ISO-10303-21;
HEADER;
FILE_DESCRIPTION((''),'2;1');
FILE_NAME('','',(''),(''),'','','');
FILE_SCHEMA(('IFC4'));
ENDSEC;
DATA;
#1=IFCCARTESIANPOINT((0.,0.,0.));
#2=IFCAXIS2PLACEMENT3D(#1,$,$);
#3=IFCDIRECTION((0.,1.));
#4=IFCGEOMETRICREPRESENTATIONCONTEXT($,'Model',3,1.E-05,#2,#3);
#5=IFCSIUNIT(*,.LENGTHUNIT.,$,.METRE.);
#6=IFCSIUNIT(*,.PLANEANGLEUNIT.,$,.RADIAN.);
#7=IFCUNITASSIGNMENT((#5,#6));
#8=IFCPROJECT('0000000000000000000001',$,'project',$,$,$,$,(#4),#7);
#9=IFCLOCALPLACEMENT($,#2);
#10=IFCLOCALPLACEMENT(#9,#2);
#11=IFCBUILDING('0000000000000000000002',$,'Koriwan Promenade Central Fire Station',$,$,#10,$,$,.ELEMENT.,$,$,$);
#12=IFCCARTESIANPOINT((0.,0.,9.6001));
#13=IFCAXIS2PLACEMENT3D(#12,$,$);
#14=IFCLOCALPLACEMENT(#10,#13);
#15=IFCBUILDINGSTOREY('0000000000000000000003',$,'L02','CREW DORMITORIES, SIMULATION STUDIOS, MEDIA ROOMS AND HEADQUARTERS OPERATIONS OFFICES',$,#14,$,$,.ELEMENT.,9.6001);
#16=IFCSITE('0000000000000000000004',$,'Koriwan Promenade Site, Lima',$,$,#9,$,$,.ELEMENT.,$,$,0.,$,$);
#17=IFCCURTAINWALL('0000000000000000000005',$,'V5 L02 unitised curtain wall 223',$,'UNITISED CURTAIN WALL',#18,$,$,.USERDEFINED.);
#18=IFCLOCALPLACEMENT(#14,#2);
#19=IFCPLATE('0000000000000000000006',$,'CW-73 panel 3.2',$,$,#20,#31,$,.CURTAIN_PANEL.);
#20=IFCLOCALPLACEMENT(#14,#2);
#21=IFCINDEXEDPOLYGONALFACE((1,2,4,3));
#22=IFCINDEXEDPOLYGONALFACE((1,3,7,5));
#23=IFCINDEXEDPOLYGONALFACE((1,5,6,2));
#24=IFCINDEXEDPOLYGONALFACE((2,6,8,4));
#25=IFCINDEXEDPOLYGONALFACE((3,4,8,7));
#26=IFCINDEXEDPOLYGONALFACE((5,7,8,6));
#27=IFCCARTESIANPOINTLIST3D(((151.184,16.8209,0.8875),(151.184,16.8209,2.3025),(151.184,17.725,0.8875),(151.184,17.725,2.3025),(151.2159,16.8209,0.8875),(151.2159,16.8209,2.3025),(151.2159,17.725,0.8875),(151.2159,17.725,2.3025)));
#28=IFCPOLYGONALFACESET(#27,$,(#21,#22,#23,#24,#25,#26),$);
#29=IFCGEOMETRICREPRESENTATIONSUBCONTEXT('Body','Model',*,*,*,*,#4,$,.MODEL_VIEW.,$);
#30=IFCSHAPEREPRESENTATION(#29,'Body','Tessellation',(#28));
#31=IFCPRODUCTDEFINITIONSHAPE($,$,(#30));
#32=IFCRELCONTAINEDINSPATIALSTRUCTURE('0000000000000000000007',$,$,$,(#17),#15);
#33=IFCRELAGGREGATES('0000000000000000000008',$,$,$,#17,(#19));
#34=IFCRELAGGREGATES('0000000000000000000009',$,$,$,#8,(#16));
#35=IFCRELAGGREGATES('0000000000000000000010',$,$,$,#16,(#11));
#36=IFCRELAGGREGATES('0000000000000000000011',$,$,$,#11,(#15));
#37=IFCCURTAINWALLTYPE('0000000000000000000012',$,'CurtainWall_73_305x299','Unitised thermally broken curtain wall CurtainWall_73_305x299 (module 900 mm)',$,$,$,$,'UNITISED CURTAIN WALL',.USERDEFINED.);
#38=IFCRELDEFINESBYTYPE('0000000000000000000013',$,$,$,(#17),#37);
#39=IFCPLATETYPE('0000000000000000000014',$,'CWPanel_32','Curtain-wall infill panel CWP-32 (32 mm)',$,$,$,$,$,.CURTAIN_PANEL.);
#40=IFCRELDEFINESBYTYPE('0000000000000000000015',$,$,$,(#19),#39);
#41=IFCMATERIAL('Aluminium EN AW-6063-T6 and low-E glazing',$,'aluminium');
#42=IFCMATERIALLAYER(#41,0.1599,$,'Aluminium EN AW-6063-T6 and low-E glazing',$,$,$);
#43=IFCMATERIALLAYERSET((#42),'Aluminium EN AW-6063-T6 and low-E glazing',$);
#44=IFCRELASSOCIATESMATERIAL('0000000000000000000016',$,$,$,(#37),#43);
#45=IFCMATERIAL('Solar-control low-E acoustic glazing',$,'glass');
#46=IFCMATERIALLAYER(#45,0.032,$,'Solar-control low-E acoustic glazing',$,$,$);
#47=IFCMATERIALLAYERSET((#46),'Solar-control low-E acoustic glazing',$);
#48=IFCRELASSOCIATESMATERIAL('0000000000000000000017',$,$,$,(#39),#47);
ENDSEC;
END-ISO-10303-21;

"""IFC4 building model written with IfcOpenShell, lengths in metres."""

from ifc_helpers import new_model, si_unit, direction, frame, origin, origin_2d, place, context, subcontext, project, spatial, rectangle, extrude, material, layer, layer_set, type_object, element, aggregate, save


model = new_model("IFC4")

# Units and contexts
model_context = context("Model", 3, precision=1e-05, world=origin(), true_north=direction((0.0, 1.0)))
body_context = subcontext(model_context, "Body", "Model", "MODEL_VIEW")
ifc_project = project(units=[si_unit("LENGTHUNIT", "METRE"), si_unit("PLANEANGLEUNIT", "RADIAN")], contexts=[model_context])

# Site, building, storey
site_placement = place(None, origin())
site = spatial("IfcSite", under=ifc_project, at=site_placement, Name="Koriwan Promenade Site, Lima", CompositionType="ELEMENT", RefElevation=0.0)
building_placement = place(site_placement, origin())
building = spatial("IfcBuilding", under=site, at=building_placement, Name="Koriwan Promenade Central Fire Station", CompositionType="ELEMENT")
storey_placement = place(building_placement, frame((0.0, 0.0, 9.6001)))
storey = spatial("IfcBuildingStorey", under=building, at=storey_placement, Name="L02", Description="CREW DORMITORIES, SIMULATION STUDIOS, MEDIA ROOMS AND HEADQUARTERS OPERATIONS OFFICES", CompositionType="ELEMENT", Elevation=9.6001)

# Curtain wall
ifc_material_1 = material(Name="Aluminium EN AW-6063-T6 and low-E glazing", Category="aluminium")
ifc_layer_1 = layer(ifc_material_1, 0.1599, Name="Aluminium EN AW-6063-T6 and low-E glazing")
ifc_layer_set_1 = layer_set([ifc_layer_1], Name="Aluminium EN AW-6063-T6 and low-E glazing")
curtain_wall_type_1 = type_object("IfcCurtainWallType", Name="CurtainWall_73_305x299", Description="Unitised thermally broken curtain wall CurtainWall_73_305x299 (module 900 mm)", ElementType="UNITISED CURTAIN WALL", PredefinedType="USERDEFINED", material=ifc_layer_set_1)
curtain_wall_1_placement = place(storey_placement, origin())
curtain_wall_1 = element("IfcCurtainWall", 1, at=curtain_wall_1_placement, inside=storey, type_object=curtain_wall_type_1, Name="V5 L02 unitised curtain wall 223", ObjectType="UNITISED CURTAIN WALL", PredefinedType="USERDEFINED")

# Plate
ifc_material_2 = material(Name="Solar-control low-E acoustic glazing", Category="glass")
ifc_layer_2 = layer(ifc_material_2, 0.032, Name="Solar-control low-E acoustic glazing")
ifc_layer_set_2 = layer_set([ifc_layer_2], Name="Solar-control low-E acoustic glazing")
plate_type_1 = type_object("IfcPlateType", Name="CWPanel_32", Description="Curtain-wall infill panel CWP-32 (32 mm)", PredefinedType="CURTAIN_PANEL", material=ifc_layer_set_2)
plate_1_placement = place(storey_placement, frame((151.2, 17.2729, 0.8875), z_axis=(0.0, 0.0, 1.0), x_axis=(0.0, 1.0, 0.0)))
plate_1 = element("IfcPlate", 2, at=plate_1_placement, type_object=plate_type_1, Name="CW-73 panel 3.2", PredefinedType="CURTAIN_PANEL", context=body_context, shape_type="SweptSolid", body=[
    extrude(rectangle(XDim=0.9041, YDim=0.032, at=origin_2d()), origin(), (0.0, 0.0, 1.0), 1.415),
])
aggregate(curtain_wall_1, [plate_1])

save(model, "model.ifc")
